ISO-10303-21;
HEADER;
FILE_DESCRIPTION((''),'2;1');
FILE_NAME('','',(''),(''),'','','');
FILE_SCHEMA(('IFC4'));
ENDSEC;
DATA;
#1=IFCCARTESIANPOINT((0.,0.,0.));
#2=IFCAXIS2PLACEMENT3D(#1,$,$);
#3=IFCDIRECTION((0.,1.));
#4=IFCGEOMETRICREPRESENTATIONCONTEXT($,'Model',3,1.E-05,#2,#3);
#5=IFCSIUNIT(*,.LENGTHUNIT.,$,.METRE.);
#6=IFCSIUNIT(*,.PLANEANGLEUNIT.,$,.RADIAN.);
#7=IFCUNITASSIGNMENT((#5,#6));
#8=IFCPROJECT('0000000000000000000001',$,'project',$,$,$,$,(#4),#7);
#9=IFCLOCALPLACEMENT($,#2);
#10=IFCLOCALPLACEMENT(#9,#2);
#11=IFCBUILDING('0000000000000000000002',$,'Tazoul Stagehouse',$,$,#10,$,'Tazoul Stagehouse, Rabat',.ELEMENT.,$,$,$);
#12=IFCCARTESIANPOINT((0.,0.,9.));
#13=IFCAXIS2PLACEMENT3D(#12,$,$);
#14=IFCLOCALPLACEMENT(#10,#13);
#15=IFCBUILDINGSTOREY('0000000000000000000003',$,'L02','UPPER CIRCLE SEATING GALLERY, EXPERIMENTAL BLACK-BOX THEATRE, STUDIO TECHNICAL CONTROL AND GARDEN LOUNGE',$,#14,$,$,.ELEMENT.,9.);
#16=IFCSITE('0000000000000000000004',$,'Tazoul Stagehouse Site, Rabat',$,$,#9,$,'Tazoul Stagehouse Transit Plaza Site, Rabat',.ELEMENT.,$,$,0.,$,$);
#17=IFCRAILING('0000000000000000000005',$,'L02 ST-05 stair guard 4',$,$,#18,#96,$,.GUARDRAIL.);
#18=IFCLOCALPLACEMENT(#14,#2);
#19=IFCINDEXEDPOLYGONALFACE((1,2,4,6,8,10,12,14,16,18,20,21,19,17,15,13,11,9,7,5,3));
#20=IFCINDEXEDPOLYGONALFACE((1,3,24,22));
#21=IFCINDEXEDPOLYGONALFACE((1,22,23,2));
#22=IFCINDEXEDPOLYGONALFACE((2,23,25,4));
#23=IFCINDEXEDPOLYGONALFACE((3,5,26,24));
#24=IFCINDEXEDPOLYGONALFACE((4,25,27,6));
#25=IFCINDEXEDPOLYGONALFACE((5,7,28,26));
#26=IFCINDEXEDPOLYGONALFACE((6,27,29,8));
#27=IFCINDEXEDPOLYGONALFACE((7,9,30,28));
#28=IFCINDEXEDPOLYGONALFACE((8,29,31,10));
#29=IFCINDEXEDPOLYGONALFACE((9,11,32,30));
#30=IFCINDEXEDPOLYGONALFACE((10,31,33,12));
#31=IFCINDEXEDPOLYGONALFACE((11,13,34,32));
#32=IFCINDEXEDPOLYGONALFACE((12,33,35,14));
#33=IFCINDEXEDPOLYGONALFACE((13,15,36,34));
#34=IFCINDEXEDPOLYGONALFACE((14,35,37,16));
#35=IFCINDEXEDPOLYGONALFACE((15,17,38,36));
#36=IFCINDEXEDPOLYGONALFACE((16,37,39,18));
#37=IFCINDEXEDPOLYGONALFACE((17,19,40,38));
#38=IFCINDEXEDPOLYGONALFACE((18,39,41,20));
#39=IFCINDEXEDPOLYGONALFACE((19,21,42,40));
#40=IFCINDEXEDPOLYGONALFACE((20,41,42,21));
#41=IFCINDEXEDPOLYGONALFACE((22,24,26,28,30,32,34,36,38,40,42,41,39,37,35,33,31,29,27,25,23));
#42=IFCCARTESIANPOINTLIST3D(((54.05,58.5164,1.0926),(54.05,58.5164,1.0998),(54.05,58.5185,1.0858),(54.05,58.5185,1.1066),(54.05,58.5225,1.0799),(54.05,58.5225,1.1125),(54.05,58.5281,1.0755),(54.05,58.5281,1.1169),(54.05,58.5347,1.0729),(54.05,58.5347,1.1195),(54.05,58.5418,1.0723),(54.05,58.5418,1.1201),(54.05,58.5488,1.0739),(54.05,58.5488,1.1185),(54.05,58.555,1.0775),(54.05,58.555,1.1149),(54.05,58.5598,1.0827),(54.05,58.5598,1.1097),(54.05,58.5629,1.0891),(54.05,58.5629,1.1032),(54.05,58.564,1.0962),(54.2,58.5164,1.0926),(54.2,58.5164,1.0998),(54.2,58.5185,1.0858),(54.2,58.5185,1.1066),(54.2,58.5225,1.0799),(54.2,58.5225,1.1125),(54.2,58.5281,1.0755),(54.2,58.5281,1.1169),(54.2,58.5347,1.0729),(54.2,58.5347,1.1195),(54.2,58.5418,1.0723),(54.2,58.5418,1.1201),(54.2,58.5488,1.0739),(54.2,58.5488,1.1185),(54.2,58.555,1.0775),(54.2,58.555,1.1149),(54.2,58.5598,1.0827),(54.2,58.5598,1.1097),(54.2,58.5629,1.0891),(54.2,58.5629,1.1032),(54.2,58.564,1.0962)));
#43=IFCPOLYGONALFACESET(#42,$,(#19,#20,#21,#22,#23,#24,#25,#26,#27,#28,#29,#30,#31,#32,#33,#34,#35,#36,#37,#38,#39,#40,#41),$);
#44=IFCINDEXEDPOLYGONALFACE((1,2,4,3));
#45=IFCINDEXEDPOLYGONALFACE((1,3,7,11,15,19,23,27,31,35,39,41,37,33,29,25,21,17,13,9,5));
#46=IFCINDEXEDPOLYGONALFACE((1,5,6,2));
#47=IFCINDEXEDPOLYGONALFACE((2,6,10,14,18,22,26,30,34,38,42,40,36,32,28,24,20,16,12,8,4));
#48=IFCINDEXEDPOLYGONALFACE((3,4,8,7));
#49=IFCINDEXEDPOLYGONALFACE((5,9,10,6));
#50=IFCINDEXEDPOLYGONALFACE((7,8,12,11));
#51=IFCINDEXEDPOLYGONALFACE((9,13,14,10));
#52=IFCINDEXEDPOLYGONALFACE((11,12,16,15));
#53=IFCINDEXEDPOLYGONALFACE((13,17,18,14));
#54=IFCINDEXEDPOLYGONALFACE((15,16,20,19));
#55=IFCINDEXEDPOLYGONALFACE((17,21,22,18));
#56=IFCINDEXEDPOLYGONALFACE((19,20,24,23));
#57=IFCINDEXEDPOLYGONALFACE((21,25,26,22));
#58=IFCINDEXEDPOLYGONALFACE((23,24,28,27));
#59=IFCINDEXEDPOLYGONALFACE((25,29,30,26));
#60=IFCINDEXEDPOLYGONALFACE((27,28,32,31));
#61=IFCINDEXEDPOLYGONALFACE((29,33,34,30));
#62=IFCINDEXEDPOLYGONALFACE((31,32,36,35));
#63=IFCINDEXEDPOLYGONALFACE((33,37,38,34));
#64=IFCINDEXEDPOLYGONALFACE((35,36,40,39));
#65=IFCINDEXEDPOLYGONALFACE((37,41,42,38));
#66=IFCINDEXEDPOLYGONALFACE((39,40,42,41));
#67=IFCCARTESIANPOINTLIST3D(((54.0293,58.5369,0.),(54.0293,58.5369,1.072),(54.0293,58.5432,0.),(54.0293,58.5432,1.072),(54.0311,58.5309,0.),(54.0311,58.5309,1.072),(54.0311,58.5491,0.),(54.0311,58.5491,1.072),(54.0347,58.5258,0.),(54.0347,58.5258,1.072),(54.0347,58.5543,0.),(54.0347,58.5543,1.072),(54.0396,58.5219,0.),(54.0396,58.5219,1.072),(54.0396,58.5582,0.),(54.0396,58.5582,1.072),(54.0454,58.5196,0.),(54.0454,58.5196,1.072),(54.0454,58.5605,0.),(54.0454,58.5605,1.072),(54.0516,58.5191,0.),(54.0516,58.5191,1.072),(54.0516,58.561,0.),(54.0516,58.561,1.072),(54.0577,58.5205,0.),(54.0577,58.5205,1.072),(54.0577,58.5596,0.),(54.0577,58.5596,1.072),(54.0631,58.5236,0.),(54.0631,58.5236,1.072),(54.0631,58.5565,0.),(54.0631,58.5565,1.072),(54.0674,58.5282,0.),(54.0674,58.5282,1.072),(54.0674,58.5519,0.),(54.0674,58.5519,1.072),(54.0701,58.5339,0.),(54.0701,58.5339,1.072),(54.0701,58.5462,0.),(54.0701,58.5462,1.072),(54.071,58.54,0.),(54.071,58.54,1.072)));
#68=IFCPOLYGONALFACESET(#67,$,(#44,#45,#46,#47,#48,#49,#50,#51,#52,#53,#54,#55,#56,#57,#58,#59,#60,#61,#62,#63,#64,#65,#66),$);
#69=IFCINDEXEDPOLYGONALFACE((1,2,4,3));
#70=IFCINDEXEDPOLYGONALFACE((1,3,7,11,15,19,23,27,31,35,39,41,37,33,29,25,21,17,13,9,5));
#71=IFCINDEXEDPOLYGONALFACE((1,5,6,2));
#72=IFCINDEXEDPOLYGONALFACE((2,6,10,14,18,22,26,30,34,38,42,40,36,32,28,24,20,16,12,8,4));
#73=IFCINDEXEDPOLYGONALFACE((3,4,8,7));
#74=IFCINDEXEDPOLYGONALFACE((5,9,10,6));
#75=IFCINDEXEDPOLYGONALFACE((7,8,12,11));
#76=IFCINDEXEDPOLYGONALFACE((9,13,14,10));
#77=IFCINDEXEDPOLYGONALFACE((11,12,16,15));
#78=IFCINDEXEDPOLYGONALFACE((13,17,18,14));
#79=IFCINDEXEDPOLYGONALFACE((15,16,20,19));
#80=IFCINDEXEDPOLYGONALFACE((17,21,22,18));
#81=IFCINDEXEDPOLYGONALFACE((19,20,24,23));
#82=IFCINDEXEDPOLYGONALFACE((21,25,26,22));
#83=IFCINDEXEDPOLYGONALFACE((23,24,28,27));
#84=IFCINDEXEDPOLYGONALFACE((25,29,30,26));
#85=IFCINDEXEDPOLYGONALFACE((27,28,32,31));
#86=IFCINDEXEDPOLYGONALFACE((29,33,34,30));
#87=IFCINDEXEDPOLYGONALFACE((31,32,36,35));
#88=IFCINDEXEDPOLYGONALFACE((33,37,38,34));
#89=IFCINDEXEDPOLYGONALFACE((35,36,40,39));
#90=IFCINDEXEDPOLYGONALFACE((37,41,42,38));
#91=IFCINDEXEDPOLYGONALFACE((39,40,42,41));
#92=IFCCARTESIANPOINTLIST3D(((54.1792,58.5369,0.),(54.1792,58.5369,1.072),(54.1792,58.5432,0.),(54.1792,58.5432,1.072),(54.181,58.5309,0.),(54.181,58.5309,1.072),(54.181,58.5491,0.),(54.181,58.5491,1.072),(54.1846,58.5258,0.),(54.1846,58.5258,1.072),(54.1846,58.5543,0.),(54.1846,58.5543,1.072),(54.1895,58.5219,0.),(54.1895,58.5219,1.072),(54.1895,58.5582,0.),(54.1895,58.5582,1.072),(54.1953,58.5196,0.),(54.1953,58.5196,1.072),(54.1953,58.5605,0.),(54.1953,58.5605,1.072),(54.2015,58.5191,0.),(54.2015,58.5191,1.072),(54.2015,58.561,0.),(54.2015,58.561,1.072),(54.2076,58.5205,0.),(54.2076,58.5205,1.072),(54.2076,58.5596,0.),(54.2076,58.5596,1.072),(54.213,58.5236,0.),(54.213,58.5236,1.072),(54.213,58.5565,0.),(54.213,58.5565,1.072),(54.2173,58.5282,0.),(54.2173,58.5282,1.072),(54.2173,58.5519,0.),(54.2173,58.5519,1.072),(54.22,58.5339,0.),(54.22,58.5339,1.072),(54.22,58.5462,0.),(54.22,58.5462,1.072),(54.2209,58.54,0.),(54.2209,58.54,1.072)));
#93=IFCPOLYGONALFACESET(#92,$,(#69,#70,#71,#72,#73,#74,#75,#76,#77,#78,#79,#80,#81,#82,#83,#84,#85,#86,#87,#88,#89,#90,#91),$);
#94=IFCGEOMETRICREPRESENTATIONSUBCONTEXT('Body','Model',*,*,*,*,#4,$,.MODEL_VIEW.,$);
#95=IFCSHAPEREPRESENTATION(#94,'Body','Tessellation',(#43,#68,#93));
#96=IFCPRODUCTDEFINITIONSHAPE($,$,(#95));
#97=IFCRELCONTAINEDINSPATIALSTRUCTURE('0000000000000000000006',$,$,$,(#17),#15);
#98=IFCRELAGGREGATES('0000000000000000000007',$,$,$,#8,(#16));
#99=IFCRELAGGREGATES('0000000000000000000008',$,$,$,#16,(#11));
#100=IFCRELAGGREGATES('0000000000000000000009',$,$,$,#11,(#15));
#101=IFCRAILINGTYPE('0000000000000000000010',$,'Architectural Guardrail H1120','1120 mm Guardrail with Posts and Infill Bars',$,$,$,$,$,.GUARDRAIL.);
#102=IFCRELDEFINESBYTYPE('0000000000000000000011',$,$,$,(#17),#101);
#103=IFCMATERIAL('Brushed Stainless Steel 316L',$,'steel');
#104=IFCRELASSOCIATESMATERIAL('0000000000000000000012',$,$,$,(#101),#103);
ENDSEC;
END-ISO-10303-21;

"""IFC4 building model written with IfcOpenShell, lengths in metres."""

from ifc_helpers import new_model, si_unit, direction, frame, origin, origin_2d, place, context, subcontext, project, spatial, circle, extrude, material, material_profile, profile_set, type_object, element, save


model = new_model("IFC4")

# Units and contexts
model_context = context("Model", 3, precision=1e-05, world=origin(), true_north=direction((0.0, 1.0)))
body_context = subcontext(model_context, "Body", "Model", "MODEL_VIEW")
ifc_project = project(units=[si_unit("LENGTHUNIT", "METRE"), si_unit("PLANEANGLEUNIT", "RADIAN")], contexts=[model_context])

# Site, building, storey
site_placement = place(None, origin())
site = spatial("IfcSite", under=ifc_project, at=site_placement, Name="Tazoul Stagehouse Site, Rabat", LongName="Tazoul Stagehouse Transit Plaza Site, Rabat", CompositionType="ELEMENT", RefElevation=0.0)
building_placement = place(site_placement, origin())
building = spatial("IfcBuilding", under=site, at=building_placement, Name="Tazoul Stagehouse", LongName="Tazoul Stagehouse, Rabat", CompositionType="ELEMENT")
storey_placement = place(building_placement, frame((0.0, 0.0, 9.0)))
storey = spatial("IfcBuildingStorey", under=building, at=storey_placement, Name="L02", Description="UPPER CIRCLE SEATING GALLERY, EXPERIMENTAL BLACK-BOX THEATRE, STUDIO TECHNICAL CONTROL AND GARDEN LOUNGE", CompositionType="ELEMENT", Elevation=9.0)

# Railing
ifc_material_1 = material(Name="Brushed Stainless Steel 316L", Category="steel")
ifc_material_profile_1 = material_profile(ifc_material_1, circle(Radius=0.0239, at=origin_2d()), Name="SS RAIL D48")
ifc_profile_set_1 = profile_set([ifc_material_profile_1], Name="Brushed Stainless Steel 316L")
railing_type = type_object("IfcRailingType", Name="Architectural Guardrail H1120", Description="1120 mm Guardrail with Posts and Infill Bars", PredefinedType="GUARDRAIL", material=ifc_profile_set_1)
railing_1_placement = place(storey_placement, frame((54.05, 58.54, 0.0)))
element("IfcRailing", 1, at=railing_1_placement, inside=storey, type_object=railing_type, Name="L02 ST-05 stair guard 4", PredefinedType="GUARDRAIL", context=body_context, shape_type="SweptSolid", body=[
    extrude(circle(Radius=0.0239, at=origin_2d()), frame((0.0, 0.0, 1.0962), z_axis=(1.0, 0.0, 0.0), x_axis=(0.0, 1.0, 0.0)), (0.0, 0.0, 1.0), 0.1499),
    extrude(circle(Radius=0.021, at=origin_2d()), origin(), (0.0, 0.0, 1.0), 1.072),
    extrude(circle(Radius=0.021, at=origin_2d()), frame((0.1499, 0.0, 0.0)), (0.0, 0.0, 1.0), 1.072),
])

save(model, "model.ifc")
